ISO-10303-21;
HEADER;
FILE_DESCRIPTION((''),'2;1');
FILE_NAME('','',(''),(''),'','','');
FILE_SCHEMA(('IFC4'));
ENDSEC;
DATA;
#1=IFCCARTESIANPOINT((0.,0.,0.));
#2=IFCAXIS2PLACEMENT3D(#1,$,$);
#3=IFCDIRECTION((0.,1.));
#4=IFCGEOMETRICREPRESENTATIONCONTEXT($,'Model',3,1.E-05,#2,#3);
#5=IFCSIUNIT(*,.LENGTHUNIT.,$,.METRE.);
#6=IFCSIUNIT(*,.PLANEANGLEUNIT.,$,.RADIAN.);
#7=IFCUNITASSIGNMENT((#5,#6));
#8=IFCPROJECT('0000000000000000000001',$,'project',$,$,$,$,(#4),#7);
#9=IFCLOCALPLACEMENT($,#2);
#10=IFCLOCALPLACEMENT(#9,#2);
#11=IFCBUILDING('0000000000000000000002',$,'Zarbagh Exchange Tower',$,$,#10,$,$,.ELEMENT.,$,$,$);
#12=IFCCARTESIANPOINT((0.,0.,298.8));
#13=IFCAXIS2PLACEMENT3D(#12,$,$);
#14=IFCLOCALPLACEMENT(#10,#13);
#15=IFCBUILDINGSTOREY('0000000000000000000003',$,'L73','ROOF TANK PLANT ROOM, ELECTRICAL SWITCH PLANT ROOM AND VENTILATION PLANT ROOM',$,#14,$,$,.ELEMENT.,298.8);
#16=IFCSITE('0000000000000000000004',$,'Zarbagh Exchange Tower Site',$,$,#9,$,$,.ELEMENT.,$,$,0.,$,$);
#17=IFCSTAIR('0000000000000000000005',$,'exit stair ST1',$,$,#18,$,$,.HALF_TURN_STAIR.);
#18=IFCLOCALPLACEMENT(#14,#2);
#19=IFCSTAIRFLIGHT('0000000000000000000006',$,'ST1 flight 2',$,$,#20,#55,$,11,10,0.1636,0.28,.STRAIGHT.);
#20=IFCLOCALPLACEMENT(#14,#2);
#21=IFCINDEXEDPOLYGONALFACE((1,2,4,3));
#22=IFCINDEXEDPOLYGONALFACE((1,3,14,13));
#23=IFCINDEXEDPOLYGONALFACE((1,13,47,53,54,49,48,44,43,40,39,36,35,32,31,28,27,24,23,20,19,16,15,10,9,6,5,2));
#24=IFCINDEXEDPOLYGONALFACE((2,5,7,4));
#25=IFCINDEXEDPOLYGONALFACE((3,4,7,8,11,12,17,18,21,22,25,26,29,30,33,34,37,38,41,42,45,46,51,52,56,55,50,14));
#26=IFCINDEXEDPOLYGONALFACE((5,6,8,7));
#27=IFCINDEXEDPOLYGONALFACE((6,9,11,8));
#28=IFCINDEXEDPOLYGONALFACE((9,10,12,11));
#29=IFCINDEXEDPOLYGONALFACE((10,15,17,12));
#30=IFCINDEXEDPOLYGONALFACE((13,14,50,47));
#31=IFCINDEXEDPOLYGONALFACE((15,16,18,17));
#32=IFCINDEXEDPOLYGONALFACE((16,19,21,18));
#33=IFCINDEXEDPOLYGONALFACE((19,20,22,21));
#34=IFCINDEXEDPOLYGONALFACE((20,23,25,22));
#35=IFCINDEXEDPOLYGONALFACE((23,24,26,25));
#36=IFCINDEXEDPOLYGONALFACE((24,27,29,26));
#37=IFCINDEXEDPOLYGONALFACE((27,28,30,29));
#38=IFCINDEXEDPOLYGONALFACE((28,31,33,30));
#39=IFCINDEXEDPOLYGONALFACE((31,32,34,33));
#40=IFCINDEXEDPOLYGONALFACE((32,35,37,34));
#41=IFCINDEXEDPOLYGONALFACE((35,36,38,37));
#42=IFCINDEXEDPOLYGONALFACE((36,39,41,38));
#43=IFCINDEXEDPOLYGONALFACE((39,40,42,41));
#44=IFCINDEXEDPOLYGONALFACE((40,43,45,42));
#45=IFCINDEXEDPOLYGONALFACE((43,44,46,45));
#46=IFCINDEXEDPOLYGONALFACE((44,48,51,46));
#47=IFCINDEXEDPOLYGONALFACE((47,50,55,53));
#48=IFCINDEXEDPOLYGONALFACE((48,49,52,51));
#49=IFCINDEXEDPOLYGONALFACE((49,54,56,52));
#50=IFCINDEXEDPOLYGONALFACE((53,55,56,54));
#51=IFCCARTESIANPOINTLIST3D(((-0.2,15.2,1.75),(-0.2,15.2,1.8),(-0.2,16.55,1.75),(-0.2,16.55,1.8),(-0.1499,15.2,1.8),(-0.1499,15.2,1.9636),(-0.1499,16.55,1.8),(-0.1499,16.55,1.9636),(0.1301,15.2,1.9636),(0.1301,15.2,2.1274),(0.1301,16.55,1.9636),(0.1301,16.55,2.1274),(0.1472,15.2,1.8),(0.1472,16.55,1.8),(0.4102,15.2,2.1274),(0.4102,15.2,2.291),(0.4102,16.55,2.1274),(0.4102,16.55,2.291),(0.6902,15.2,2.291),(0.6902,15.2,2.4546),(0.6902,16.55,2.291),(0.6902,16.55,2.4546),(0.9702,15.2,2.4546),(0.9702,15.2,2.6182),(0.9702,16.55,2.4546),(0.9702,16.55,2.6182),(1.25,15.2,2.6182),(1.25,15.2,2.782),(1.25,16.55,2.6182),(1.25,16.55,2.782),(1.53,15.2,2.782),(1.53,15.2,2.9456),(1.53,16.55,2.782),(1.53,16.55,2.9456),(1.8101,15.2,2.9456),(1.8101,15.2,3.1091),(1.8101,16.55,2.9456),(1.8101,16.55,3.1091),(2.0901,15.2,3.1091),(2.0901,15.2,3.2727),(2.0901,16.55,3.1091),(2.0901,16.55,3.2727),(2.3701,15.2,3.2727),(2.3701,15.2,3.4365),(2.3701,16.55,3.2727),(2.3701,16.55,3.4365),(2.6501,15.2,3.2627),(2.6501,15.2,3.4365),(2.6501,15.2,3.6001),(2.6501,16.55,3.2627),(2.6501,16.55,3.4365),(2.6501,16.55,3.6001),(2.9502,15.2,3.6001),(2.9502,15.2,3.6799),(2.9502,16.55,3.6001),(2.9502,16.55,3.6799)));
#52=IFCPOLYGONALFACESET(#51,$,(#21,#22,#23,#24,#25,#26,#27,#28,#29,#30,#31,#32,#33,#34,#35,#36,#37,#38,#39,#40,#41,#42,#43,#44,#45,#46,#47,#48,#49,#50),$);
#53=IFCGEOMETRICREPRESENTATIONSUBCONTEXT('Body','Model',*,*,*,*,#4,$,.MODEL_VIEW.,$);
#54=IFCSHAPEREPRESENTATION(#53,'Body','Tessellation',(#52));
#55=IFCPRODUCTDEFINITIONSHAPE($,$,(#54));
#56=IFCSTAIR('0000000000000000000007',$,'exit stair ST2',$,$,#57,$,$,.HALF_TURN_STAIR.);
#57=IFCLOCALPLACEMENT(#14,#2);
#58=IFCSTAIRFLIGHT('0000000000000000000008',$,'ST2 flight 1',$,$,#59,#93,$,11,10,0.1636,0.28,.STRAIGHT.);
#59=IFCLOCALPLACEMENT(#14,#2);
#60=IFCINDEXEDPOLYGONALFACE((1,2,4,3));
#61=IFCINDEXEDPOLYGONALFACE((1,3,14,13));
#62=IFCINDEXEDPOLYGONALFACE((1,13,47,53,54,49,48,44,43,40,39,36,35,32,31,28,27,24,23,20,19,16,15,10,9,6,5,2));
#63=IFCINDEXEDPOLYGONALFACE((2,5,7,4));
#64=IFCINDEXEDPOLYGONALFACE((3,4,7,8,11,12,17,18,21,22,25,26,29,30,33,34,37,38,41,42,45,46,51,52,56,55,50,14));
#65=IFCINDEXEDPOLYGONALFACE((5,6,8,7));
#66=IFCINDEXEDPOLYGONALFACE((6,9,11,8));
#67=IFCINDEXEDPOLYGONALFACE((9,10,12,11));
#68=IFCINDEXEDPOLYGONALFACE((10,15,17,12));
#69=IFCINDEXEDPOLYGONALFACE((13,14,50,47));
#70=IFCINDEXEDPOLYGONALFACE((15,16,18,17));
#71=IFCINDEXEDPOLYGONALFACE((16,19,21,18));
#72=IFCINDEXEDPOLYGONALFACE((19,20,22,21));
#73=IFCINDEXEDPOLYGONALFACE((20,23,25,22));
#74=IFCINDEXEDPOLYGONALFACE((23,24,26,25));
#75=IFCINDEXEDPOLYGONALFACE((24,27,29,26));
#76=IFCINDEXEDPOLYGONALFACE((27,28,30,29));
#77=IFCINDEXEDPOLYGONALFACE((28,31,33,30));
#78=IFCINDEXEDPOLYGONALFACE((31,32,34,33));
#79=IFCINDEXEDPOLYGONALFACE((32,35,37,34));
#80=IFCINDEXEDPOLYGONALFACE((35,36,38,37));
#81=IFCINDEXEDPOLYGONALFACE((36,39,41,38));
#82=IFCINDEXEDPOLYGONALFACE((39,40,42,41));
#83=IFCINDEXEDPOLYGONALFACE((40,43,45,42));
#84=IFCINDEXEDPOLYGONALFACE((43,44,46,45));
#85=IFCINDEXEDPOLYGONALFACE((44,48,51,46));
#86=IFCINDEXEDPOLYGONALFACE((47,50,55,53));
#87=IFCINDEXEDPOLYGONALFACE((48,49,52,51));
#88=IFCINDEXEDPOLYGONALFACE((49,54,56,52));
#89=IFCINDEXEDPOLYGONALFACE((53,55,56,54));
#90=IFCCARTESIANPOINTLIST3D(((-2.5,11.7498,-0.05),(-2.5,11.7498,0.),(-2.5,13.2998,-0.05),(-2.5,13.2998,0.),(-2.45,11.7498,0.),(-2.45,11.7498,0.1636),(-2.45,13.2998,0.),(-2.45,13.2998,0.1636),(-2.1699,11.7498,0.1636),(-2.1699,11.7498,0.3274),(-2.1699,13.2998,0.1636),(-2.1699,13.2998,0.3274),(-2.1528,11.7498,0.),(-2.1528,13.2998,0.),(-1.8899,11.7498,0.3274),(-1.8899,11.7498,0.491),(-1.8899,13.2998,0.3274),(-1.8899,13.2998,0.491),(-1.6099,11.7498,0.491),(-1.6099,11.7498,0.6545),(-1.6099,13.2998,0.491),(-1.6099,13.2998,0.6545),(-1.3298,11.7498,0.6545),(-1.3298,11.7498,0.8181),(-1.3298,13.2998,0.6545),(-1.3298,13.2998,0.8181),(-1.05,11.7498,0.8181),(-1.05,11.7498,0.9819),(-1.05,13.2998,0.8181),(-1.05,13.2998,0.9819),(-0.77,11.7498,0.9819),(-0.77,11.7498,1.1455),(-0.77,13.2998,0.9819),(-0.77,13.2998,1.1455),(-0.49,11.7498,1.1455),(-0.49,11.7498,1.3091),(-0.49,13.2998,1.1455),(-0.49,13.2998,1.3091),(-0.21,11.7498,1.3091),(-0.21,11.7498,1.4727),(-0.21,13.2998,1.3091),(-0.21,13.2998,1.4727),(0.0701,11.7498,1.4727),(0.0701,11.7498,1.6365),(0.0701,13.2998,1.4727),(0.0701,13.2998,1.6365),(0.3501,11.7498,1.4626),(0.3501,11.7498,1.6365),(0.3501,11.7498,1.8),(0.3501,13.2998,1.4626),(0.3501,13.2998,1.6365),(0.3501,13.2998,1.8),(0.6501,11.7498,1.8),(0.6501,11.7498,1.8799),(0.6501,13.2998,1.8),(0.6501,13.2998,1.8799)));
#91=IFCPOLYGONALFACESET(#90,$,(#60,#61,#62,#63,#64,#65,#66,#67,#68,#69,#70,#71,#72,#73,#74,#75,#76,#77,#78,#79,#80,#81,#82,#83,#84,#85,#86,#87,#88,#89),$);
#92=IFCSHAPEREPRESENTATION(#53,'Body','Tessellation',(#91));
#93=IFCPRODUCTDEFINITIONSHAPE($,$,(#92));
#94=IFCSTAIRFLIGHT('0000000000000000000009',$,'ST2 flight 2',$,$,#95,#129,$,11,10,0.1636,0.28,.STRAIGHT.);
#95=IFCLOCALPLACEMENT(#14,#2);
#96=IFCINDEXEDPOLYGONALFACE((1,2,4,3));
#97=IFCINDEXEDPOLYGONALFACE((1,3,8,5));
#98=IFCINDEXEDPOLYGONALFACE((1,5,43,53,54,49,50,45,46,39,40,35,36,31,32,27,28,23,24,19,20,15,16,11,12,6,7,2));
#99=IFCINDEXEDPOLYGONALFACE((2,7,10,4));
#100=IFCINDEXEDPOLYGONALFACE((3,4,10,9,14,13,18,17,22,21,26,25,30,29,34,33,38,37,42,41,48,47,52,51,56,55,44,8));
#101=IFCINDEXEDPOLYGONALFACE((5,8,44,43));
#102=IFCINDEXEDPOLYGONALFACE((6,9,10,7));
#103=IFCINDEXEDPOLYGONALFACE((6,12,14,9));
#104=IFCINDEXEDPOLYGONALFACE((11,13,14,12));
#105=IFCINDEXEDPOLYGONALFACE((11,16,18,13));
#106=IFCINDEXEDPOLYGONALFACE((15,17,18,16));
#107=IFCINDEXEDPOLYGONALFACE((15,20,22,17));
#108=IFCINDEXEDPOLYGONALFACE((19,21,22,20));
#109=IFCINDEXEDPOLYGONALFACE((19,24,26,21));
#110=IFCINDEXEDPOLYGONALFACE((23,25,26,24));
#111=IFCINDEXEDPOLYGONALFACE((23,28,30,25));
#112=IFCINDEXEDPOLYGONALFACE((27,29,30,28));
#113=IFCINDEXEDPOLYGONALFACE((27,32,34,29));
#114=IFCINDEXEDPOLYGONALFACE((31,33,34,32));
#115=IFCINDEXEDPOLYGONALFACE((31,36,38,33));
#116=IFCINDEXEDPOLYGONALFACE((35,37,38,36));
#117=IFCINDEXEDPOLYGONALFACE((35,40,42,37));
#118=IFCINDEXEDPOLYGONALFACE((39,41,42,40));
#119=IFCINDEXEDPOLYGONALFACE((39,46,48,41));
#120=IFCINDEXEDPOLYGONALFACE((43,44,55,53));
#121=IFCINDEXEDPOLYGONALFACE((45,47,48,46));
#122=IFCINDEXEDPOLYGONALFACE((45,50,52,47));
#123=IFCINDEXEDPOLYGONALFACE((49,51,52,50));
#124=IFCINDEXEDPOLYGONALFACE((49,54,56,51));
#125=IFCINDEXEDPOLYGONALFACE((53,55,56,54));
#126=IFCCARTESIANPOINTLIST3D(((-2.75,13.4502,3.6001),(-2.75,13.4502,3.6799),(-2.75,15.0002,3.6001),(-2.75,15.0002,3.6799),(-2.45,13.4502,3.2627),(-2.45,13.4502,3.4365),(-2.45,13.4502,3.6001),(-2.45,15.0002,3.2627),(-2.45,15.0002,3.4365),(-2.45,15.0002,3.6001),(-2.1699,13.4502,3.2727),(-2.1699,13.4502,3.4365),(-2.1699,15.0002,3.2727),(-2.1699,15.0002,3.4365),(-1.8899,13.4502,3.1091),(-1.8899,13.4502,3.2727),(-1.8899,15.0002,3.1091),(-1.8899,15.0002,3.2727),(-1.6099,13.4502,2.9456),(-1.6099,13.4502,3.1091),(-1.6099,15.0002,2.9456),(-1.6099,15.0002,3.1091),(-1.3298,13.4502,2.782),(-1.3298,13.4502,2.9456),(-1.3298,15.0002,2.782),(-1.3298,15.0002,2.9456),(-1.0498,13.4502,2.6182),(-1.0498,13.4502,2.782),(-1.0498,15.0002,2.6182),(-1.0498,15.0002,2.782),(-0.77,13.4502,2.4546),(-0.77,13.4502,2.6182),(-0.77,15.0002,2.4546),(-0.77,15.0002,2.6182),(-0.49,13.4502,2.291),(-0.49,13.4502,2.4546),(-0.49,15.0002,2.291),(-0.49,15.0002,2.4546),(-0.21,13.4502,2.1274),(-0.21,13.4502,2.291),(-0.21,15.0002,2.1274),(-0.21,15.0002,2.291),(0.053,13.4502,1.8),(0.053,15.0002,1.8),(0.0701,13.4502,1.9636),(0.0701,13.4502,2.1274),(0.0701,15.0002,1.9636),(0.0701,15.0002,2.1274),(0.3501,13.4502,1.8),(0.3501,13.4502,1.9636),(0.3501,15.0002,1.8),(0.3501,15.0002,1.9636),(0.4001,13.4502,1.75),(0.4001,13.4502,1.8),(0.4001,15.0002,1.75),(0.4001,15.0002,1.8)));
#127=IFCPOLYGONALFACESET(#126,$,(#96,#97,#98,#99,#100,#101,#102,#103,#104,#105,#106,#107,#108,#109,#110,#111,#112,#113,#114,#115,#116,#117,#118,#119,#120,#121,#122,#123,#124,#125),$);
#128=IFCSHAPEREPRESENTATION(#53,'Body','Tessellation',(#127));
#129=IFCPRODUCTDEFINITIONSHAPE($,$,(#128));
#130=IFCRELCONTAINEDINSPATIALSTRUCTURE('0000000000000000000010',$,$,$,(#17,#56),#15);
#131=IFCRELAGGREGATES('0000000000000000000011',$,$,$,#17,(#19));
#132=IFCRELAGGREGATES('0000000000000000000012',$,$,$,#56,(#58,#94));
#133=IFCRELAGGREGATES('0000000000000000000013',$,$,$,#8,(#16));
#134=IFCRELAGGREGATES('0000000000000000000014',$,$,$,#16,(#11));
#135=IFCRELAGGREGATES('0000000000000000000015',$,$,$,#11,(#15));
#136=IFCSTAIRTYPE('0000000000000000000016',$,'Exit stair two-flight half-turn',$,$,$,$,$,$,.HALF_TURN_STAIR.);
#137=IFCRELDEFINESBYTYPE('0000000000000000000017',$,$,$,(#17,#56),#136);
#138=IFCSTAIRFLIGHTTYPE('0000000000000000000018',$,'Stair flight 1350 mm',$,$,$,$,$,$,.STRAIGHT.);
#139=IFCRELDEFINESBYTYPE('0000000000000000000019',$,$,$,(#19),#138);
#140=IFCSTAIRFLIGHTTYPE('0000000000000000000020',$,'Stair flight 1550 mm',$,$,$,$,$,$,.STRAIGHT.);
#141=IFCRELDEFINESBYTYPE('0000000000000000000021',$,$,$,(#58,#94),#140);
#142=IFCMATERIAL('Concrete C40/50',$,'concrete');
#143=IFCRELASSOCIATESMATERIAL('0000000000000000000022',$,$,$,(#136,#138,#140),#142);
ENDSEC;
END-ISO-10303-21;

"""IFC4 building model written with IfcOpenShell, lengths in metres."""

from ifc_helpers import new_model, si_unit, direction, frame, origin, place, context, subcontext, project, spatial, polyline, outline, extrude, material, type_object, element, aggregate, save


model = new_model("IFC4")

# Units and contexts
model_context = context("Model", 3, precision=1e-05, world=origin(), true_north=direction((0.0, 1.0)))
body_context = subcontext(model_context, "Body", "Model", "MODEL_VIEW")
ifc_project = project(units=[si_unit("LENGTHUNIT", "METRE"), si_unit("PLANEANGLEUNIT", "RADIAN")], contexts=[model_context])

# Site, building, storey
site_placement = place(None, origin())
site = spatial("IfcSite", under=ifc_project, at=site_placement, Name="Zarbagh Exchange Tower Site", CompositionType="ELEMENT", RefElevation=0.0)
building_placement = place(site_placement, origin())
building = spatial("IfcBuilding", under=site, at=building_placement, Name="Zarbagh Exchange Tower", CompositionType="ELEMENT")
storey_placement = place(building_placement, frame((0.0, 0.0, 298.8)))
storey = spatial("IfcBuildingStorey", under=building, at=storey_placement, Name="L73", Description="ROOF TANK PLANT ROOM, ELECTRICAL SWITCH PLANT ROOM AND VENTILATION PLANT ROOM", CompositionType="ELEMENT", Elevation=298.8)

# Shared definitions
ifc_material_1 = material(Name="Concrete C40/50", Category="concrete")

# Stairs, stair flights
stair_type = type_object("IfcStairType", Name="Exit stair two-flight half-turn", PredefinedType="HALF_TURN_STAIR", material=ifc_material_1)
stair_1_placement = place(storey_placement, origin())
stair_1 = element("IfcStair", 1, at=stair_1_placement, inside=storey, type_object=stair_type, Name="exit stair ST1", PredefinedType="HALF_TURN_STAIR")
stair_flight_type_1 = type_object("IfcStairFlightType", Name="Stair flight 1350 mm", PredefinedType="STRAIGHT", material=ifc_material_1)
stair_flight_1_placement = place(storey_placement, frame((-0.1499, 15.875, 1.8), z_axis=(0.0, 0.0, 1.0), x_axis=(1.0, 0.0, 0.0)))
stair_flight_1 = element("IfcStairFlight", 2, at=stair_flight_1_placement, type_object=stair_flight_type_1, Name="ST1 flight 2", NumberOfRisers=11, NumberOfTreads=10, PredefinedType="STRAIGHT", RiserHeight=0.1636, TreadLength=0.28, context=body_context, shape_type="SweptSolid", body=[
    extrude(outline(polyline([(-0.05, -0.05), (-0.05, 0.0), (0.0, 0.0), (0.0, 0.1636), (0.28, 0.1636), (0.28, 0.3274), (0.5601, 0.3274), (0.5601, 0.491), (0.8401, 0.491), (0.8401, 0.6545), (1.1201, 0.6545), (1.1201, 0.8181), (1.3999, 0.8181), (1.3999, 0.9819), (1.6799, 0.9819), (1.6799, 1.1455), (1.96, 1.1455), (1.96, 1.3091), (2.24, 1.3091), (2.24, 1.4727), (2.52, 1.4727), (2.52, 1.6365), (2.8, 1.6365), (2.8, 1.8), (3.1001, 1.8799), (3.1001, 1.8), (2.8, 1.4626), (0.2971, 0.0), (-0.05, -0.05)])), frame((0.0, 0.675, 0.0), z_axis=(0.0, -1.0, 0.0), x_axis=(1.0, 0.0, 0.0)), (0.0, 0.0, 1.0), 1.3501),
])
aggregate(stair_1, [stair_flight_1])
stair_2_placement = place(storey_placement, origin())
stair_2 = element("IfcStair", 3, at=stair_2_placement, inside=storey, type_object=stair_type, Name="exit stair ST2", PredefinedType="HALF_TURN_STAIR")
stair_flight_type_2 = type_object("IfcStairFlightType", Name="Stair flight 1550 mm", PredefinedType="STRAIGHT", material=ifc_material_1)
stair_flight_2_placement = place(storey_placement, frame((-2.45, 12.5249, 0.0), z_axis=(0.0, 0.0, 1.0), x_axis=(1.0, 0.0, 0.0)))
stair_flight_2 = element("IfcStairFlight", 4, at=stair_flight_2_placement, type_object=stair_flight_type_2, Name="ST2 flight 1", NumberOfRisers=11, NumberOfTreads=10, PredefinedType="STRAIGHT", RiserHeight=0.1636, TreadLength=0.28, context=body_context, shape_type="SweptSolid", body=[
    extrude(outline(polyline([(-0.05, -0.05), (-0.05, 0.0), (0.0, 0.0), (0.0, 0.1636), (0.28, 0.1636), (0.28, 0.3274), (0.5601, 0.3274), (0.5601, 0.491), (0.8401, 0.491), (0.8401, 0.6545), (1.1201, 0.6545), (1.1201, 0.8181), (1.3999, 0.8181), (1.3999, 0.9819), (1.6799, 0.9819), (1.6799, 1.1455), (1.96, 1.1455), (1.96, 1.3091), (2.24, 1.3091), (2.24, 1.4727), (2.52, 1.4727), (2.52, 1.6365), (2.8, 1.6365), (2.8, 1.8), (3.1001, 1.8799), (3.1001, 1.8), (2.8, 1.4626), (0.2971, 0.0), (-0.05, -0.05)])), frame((0.0, 0.7749, 0.0), z_axis=(0.0, -1.0, 0.0), x_axis=(1.0, 0.0, 0.0)), (0.0, 0.0, 1.0), 1.55),
])
stair_flight_3_placement = place(storey_placement, frame((0.3501, 14.2251, 1.8), z_axis=(0.0, 0.0, 1.0), x_axis=(-1.0, 0.0, 0.0)))
stair_flight_3 = element("IfcStairFlight", 5, at=stair_flight_3_placement, type_object=stair_flight_type_2, Name="ST2 flight 2", NumberOfRisers=11, NumberOfTreads=10, PredefinedType="STRAIGHT", RiserHeight=0.1636, TreadLength=0.28, context=body_context, shape_type="SweptSolid", body=[
    extrude(outline(polyline([(-0.05, -0.05), (-0.05, 0.0), (0.0, 0.0), (0.0, 0.1636), (0.28, 0.1636), (0.28, 0.3274), (0.5601, 0.3274), (0.5601, 0.491), (0.8401, 0.491), (0.8401, 0.6545), (1.1201, 0.6545), (1.1201, 0.8181), (1.3999, 0.8181), (1.3999, 0.9819), (1.6799, 0.9819), (1.6799, 1.1455), (1.96, 1.1455), (1.96, 1.3091), (2.24, 1.3091), (2.24, 1.4727), (2.52, 1.4727), (2.52, 1.6365), (2.8, 1.6365), (2.8, 1.8), (3.1001, 1.8799), (3.1001, 1.8), (2.8, 1.4626), (0.2971, 0.0), (-0.05, -0.05)])), frame((0.0, 0.7749, 0.0), z_axis=(0.0, -1.0, 0.0), x_axis=(1.0, 0.0, 0.0)), (0.0, 0.0, 1.0), 1.55),
])
aggregate(stair_2, [stair_flight_2, stair_flight_3])

save(model, "model.ifc")
